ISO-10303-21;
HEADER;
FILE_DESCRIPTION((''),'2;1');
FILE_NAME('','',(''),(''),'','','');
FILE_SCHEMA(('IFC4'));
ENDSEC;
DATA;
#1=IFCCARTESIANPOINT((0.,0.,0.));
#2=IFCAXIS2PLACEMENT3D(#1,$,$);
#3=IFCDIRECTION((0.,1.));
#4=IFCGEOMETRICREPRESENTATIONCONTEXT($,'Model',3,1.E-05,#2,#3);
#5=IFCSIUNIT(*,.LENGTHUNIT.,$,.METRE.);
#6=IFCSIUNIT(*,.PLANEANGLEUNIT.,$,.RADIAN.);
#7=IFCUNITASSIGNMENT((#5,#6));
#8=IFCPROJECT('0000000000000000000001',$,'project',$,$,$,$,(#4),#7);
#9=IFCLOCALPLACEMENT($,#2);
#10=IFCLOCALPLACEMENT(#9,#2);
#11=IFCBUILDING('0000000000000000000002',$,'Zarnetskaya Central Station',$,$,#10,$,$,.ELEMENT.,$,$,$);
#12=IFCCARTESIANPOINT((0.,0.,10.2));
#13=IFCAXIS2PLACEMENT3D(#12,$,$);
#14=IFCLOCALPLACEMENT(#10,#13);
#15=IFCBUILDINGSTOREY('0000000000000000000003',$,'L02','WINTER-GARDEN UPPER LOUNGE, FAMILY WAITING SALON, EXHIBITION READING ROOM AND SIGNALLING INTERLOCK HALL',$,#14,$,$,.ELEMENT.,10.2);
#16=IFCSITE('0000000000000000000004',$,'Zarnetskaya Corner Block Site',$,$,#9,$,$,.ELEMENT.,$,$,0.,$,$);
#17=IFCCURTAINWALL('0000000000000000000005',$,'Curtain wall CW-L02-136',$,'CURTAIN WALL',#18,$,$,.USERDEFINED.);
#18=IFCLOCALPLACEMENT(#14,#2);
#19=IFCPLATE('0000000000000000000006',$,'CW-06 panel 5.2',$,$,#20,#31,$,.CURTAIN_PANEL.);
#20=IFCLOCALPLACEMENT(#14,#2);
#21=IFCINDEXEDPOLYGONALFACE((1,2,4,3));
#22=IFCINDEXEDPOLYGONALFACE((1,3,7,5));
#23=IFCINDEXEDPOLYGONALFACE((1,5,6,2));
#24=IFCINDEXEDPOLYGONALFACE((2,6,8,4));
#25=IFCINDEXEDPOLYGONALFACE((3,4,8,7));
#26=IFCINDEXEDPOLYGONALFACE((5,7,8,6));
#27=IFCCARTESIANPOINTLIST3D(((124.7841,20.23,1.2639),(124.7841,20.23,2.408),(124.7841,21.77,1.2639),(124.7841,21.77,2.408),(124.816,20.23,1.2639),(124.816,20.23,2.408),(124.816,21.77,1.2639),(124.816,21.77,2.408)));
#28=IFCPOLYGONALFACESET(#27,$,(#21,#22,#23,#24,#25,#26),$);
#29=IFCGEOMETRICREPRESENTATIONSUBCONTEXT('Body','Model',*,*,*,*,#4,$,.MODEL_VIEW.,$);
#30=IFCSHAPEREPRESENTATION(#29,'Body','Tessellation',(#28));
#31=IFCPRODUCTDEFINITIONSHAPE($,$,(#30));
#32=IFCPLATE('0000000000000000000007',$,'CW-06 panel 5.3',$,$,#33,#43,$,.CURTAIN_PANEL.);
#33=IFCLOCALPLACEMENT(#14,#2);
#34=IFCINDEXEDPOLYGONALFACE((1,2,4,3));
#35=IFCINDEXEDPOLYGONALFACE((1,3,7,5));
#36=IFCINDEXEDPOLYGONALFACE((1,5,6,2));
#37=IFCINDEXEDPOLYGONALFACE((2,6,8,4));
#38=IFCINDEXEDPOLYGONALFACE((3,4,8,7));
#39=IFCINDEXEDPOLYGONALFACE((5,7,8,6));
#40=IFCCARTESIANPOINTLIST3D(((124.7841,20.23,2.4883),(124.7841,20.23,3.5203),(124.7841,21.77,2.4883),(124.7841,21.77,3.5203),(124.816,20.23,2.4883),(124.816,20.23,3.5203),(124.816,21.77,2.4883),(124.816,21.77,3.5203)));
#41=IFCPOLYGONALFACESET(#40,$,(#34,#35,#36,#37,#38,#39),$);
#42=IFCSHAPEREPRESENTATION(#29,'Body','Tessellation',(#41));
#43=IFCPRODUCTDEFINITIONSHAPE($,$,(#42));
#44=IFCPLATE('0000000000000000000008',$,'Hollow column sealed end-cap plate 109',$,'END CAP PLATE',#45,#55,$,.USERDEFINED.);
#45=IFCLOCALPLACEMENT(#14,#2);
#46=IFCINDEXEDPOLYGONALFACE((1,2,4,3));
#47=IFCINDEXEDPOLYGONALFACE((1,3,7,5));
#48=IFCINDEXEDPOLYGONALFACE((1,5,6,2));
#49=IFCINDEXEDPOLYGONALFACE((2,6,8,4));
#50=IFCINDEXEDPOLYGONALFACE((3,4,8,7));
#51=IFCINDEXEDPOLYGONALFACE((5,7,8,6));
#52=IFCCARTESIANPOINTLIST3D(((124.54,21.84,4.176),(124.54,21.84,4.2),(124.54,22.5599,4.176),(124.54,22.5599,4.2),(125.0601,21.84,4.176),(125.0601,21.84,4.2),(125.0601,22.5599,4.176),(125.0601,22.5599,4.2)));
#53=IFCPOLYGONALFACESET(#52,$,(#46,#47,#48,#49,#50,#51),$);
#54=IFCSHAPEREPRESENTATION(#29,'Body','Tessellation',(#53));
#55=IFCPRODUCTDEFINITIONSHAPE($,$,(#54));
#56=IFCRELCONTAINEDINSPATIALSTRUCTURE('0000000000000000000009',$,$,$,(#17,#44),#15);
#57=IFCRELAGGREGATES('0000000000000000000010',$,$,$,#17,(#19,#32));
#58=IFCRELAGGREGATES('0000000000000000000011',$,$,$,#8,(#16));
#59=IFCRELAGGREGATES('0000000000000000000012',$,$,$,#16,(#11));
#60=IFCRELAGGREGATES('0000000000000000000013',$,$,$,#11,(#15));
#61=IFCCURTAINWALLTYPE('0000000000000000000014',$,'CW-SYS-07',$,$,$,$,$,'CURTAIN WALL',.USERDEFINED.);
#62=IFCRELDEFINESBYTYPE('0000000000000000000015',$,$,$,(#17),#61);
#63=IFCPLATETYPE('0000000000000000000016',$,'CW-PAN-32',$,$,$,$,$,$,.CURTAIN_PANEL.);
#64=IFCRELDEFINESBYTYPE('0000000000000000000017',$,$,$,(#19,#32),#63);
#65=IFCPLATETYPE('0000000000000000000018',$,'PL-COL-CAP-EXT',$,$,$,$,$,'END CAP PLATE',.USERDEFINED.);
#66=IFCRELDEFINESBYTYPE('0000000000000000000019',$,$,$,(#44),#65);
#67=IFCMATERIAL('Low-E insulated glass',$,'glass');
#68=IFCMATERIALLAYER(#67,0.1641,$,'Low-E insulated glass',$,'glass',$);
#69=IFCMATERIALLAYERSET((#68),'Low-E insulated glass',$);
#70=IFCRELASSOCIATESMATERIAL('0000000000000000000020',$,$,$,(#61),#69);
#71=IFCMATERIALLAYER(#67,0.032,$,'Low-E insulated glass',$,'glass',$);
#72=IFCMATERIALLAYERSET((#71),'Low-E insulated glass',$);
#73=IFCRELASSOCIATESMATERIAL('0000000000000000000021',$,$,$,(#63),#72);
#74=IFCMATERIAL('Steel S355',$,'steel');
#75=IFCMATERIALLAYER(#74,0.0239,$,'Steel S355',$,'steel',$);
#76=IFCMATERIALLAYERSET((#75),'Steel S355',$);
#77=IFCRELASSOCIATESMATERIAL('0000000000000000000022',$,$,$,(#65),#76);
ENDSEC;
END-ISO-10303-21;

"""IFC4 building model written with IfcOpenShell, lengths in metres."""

from ifc_helpers import new_model, si_unit, direction, frame, origin, origin_2d, place, context, subcontext, project, spatial, rectangle, extrude, material, layer, layer_set, type_object, element, aggregate, save


model = new_model("IFC4")

# Units and contexts
model_context = context("Model", 3, precision=1e-05, world=origin(), true_north=direction((0.0, 1.0)))
body_context = subcontext(model_context, "Body", "Model", "MODEL_VIEW")
ifc_project = project(units=[si_unit("LENGTHUNIT", "METRE"), si_unit("PLANEANGLEUNIT", "RADIAN")], contexts=[model_context])

# Site, building, storey
site_placement = place(None, origin())
site = spatial("IfcSite", under=ifc_project, at=site_placement, Name="Zarnetskaya Corner Block Site", CompositionType="ELEMENT", RefElevation=0.0)
building_placement = place(site_placement, origin())
building = spatial("IfcBuilding", under=site, at=building_placement, Name="Zarnetskaya Central Station", CompositionType="ELEMENT")
storey_placement = place(building_placement, frame((0.0, 0.0, 10.2)))
storey = spatial("IfcBuildingStorey", under=building, at=storey_placement, Name="L02", Description="WINTER-GARDEN UPPER LOUNGE, FAMILY WAITING SALON, EXHIBITION READING ROOM AND SIGNALLING INTERLOCK HALL", CompositionType="ELEMENT", Elevation=10.2)

# Shared definitions
ifc_material_1 = material(Name="Steel S355", Category="steel")

# Shared definitions
ifc_material_2 = material(Name="Low-E insulated glass", Category="glass")

# Curtain wall
ifc_layer_1 = layer(ifc_material_2, 0.1641, Name="Low-E insulated glass", Category="glass")
ifc_layer_set_1 = layer_set([ifc_layer_1], Name="Low-E insulated glass")
curtain_wall_type_1 = type_object("IfcCurtainWallType", Name="CW-SYS-07", ElementType="CURTAIN WALL", PredefinedType="USERDEFINED", material=ifc_layer_set_1)
curtain_wall_1_placement = place(storey_placement, origin())
curtain_wall_1 = element("IfcCurtainWall", 1, at=curtain_wall_1_placement, inside=storey, type_object=curtain_wall_type_1, Name="Curtain wall CW-L02-136", ObjectType="CURTAIN WALL", PredefinedType="USERDEFINED")

# Plates
ifc_layer_2 = layer(ifc_material_2, 0.032, Name="Low-E insulated glass", Category="glass")
ifc_layer_set_2 = layer_set([ifc_layer_2], Name="Low-E insulated glass")
plate_type_1 = type_object("IfcPlateType", Name="CW-PAN-32", PredefinedType="CURTAIN_PANEL", material=ifc_layer_set_2)
plate_1_placement = place(storey_placement, frame((124.8, 21.0, 1.2639), z_axis=(0.0, 0.0, 1.0), x_axis=(0.0, 1.0, 0.0)))
plate_1 = element("IfcPlate", 2, at=plate_1_placement, type_object=plate_type_1, Name="CW-06 panel 5.2", PredefinedType="CURTAIN_PANEL", context=body_context, shape_type="SweptSolid", body=[
    extrude(rectangle(XDim=1.54, YDim=0.032, at=origin_2d()), origin(), (0.0, 0.0, 1.0), 1.144),
])
plate_2_placement = place(storey_placement, frame((124.8, 21.0, 2.4883), z_axis=(0.0, 0.0, 1.0), x_axis=(0.0, 1.0, 0.0)))
plate_2 = element("IfcPlate", 3, at=plate_2_placement, type_object=plate_type_1, Name="CW-06 panel 5.3", PredefinedType="CURTAIN_PANEL", context=body_context, shape_type="SweptSolid", body=[
    extrude(rectangle(XDim=1.54, YDim=0.032, at=origin_2d()), origin(), (0.0, 0.0, 1.0), 1.032),
])
aggregate(curtain_wall_1, [plate_1, plate_2])
ifc_layer_3 = layer(ifc_material_1, 0.0239, Name="Steel S355", Category="steel")
ifc_layer_set_3 = layer_set([ifc_layer_3], Name="Steel S355")
plate_type_2 = type_object("IfcPlateType", Name="PL-COL-CAP-EXT", ElementType="END CAP PLATE", PredefinedType="USERDEFINED", material=ifc_layer_set_3)
plate_3_placement = place(storey_placement, frame((124.8, 22.2, 4.176), z_axis=(0.0, 0.0, 1.0), x_axis=(1.0, 0.0, 0.0)))
element("IfcPlate", 4, at=plate_3_placement, inside=storey, type_object=plate_type_2, Name="Hollow column sealed end-cap plate 109", ObjectType="END CAP PLATE", PredefinedType="USERDEFINED", context=body_context, shape_type="SweptSolid", body=[
    extrude(rectangle(XDim=0.52, YDim=0.72, at=origin_2d()), origin(), (0.0, 0.0, 1.0), 0.0239),
])

save(model, "model.ifc")
